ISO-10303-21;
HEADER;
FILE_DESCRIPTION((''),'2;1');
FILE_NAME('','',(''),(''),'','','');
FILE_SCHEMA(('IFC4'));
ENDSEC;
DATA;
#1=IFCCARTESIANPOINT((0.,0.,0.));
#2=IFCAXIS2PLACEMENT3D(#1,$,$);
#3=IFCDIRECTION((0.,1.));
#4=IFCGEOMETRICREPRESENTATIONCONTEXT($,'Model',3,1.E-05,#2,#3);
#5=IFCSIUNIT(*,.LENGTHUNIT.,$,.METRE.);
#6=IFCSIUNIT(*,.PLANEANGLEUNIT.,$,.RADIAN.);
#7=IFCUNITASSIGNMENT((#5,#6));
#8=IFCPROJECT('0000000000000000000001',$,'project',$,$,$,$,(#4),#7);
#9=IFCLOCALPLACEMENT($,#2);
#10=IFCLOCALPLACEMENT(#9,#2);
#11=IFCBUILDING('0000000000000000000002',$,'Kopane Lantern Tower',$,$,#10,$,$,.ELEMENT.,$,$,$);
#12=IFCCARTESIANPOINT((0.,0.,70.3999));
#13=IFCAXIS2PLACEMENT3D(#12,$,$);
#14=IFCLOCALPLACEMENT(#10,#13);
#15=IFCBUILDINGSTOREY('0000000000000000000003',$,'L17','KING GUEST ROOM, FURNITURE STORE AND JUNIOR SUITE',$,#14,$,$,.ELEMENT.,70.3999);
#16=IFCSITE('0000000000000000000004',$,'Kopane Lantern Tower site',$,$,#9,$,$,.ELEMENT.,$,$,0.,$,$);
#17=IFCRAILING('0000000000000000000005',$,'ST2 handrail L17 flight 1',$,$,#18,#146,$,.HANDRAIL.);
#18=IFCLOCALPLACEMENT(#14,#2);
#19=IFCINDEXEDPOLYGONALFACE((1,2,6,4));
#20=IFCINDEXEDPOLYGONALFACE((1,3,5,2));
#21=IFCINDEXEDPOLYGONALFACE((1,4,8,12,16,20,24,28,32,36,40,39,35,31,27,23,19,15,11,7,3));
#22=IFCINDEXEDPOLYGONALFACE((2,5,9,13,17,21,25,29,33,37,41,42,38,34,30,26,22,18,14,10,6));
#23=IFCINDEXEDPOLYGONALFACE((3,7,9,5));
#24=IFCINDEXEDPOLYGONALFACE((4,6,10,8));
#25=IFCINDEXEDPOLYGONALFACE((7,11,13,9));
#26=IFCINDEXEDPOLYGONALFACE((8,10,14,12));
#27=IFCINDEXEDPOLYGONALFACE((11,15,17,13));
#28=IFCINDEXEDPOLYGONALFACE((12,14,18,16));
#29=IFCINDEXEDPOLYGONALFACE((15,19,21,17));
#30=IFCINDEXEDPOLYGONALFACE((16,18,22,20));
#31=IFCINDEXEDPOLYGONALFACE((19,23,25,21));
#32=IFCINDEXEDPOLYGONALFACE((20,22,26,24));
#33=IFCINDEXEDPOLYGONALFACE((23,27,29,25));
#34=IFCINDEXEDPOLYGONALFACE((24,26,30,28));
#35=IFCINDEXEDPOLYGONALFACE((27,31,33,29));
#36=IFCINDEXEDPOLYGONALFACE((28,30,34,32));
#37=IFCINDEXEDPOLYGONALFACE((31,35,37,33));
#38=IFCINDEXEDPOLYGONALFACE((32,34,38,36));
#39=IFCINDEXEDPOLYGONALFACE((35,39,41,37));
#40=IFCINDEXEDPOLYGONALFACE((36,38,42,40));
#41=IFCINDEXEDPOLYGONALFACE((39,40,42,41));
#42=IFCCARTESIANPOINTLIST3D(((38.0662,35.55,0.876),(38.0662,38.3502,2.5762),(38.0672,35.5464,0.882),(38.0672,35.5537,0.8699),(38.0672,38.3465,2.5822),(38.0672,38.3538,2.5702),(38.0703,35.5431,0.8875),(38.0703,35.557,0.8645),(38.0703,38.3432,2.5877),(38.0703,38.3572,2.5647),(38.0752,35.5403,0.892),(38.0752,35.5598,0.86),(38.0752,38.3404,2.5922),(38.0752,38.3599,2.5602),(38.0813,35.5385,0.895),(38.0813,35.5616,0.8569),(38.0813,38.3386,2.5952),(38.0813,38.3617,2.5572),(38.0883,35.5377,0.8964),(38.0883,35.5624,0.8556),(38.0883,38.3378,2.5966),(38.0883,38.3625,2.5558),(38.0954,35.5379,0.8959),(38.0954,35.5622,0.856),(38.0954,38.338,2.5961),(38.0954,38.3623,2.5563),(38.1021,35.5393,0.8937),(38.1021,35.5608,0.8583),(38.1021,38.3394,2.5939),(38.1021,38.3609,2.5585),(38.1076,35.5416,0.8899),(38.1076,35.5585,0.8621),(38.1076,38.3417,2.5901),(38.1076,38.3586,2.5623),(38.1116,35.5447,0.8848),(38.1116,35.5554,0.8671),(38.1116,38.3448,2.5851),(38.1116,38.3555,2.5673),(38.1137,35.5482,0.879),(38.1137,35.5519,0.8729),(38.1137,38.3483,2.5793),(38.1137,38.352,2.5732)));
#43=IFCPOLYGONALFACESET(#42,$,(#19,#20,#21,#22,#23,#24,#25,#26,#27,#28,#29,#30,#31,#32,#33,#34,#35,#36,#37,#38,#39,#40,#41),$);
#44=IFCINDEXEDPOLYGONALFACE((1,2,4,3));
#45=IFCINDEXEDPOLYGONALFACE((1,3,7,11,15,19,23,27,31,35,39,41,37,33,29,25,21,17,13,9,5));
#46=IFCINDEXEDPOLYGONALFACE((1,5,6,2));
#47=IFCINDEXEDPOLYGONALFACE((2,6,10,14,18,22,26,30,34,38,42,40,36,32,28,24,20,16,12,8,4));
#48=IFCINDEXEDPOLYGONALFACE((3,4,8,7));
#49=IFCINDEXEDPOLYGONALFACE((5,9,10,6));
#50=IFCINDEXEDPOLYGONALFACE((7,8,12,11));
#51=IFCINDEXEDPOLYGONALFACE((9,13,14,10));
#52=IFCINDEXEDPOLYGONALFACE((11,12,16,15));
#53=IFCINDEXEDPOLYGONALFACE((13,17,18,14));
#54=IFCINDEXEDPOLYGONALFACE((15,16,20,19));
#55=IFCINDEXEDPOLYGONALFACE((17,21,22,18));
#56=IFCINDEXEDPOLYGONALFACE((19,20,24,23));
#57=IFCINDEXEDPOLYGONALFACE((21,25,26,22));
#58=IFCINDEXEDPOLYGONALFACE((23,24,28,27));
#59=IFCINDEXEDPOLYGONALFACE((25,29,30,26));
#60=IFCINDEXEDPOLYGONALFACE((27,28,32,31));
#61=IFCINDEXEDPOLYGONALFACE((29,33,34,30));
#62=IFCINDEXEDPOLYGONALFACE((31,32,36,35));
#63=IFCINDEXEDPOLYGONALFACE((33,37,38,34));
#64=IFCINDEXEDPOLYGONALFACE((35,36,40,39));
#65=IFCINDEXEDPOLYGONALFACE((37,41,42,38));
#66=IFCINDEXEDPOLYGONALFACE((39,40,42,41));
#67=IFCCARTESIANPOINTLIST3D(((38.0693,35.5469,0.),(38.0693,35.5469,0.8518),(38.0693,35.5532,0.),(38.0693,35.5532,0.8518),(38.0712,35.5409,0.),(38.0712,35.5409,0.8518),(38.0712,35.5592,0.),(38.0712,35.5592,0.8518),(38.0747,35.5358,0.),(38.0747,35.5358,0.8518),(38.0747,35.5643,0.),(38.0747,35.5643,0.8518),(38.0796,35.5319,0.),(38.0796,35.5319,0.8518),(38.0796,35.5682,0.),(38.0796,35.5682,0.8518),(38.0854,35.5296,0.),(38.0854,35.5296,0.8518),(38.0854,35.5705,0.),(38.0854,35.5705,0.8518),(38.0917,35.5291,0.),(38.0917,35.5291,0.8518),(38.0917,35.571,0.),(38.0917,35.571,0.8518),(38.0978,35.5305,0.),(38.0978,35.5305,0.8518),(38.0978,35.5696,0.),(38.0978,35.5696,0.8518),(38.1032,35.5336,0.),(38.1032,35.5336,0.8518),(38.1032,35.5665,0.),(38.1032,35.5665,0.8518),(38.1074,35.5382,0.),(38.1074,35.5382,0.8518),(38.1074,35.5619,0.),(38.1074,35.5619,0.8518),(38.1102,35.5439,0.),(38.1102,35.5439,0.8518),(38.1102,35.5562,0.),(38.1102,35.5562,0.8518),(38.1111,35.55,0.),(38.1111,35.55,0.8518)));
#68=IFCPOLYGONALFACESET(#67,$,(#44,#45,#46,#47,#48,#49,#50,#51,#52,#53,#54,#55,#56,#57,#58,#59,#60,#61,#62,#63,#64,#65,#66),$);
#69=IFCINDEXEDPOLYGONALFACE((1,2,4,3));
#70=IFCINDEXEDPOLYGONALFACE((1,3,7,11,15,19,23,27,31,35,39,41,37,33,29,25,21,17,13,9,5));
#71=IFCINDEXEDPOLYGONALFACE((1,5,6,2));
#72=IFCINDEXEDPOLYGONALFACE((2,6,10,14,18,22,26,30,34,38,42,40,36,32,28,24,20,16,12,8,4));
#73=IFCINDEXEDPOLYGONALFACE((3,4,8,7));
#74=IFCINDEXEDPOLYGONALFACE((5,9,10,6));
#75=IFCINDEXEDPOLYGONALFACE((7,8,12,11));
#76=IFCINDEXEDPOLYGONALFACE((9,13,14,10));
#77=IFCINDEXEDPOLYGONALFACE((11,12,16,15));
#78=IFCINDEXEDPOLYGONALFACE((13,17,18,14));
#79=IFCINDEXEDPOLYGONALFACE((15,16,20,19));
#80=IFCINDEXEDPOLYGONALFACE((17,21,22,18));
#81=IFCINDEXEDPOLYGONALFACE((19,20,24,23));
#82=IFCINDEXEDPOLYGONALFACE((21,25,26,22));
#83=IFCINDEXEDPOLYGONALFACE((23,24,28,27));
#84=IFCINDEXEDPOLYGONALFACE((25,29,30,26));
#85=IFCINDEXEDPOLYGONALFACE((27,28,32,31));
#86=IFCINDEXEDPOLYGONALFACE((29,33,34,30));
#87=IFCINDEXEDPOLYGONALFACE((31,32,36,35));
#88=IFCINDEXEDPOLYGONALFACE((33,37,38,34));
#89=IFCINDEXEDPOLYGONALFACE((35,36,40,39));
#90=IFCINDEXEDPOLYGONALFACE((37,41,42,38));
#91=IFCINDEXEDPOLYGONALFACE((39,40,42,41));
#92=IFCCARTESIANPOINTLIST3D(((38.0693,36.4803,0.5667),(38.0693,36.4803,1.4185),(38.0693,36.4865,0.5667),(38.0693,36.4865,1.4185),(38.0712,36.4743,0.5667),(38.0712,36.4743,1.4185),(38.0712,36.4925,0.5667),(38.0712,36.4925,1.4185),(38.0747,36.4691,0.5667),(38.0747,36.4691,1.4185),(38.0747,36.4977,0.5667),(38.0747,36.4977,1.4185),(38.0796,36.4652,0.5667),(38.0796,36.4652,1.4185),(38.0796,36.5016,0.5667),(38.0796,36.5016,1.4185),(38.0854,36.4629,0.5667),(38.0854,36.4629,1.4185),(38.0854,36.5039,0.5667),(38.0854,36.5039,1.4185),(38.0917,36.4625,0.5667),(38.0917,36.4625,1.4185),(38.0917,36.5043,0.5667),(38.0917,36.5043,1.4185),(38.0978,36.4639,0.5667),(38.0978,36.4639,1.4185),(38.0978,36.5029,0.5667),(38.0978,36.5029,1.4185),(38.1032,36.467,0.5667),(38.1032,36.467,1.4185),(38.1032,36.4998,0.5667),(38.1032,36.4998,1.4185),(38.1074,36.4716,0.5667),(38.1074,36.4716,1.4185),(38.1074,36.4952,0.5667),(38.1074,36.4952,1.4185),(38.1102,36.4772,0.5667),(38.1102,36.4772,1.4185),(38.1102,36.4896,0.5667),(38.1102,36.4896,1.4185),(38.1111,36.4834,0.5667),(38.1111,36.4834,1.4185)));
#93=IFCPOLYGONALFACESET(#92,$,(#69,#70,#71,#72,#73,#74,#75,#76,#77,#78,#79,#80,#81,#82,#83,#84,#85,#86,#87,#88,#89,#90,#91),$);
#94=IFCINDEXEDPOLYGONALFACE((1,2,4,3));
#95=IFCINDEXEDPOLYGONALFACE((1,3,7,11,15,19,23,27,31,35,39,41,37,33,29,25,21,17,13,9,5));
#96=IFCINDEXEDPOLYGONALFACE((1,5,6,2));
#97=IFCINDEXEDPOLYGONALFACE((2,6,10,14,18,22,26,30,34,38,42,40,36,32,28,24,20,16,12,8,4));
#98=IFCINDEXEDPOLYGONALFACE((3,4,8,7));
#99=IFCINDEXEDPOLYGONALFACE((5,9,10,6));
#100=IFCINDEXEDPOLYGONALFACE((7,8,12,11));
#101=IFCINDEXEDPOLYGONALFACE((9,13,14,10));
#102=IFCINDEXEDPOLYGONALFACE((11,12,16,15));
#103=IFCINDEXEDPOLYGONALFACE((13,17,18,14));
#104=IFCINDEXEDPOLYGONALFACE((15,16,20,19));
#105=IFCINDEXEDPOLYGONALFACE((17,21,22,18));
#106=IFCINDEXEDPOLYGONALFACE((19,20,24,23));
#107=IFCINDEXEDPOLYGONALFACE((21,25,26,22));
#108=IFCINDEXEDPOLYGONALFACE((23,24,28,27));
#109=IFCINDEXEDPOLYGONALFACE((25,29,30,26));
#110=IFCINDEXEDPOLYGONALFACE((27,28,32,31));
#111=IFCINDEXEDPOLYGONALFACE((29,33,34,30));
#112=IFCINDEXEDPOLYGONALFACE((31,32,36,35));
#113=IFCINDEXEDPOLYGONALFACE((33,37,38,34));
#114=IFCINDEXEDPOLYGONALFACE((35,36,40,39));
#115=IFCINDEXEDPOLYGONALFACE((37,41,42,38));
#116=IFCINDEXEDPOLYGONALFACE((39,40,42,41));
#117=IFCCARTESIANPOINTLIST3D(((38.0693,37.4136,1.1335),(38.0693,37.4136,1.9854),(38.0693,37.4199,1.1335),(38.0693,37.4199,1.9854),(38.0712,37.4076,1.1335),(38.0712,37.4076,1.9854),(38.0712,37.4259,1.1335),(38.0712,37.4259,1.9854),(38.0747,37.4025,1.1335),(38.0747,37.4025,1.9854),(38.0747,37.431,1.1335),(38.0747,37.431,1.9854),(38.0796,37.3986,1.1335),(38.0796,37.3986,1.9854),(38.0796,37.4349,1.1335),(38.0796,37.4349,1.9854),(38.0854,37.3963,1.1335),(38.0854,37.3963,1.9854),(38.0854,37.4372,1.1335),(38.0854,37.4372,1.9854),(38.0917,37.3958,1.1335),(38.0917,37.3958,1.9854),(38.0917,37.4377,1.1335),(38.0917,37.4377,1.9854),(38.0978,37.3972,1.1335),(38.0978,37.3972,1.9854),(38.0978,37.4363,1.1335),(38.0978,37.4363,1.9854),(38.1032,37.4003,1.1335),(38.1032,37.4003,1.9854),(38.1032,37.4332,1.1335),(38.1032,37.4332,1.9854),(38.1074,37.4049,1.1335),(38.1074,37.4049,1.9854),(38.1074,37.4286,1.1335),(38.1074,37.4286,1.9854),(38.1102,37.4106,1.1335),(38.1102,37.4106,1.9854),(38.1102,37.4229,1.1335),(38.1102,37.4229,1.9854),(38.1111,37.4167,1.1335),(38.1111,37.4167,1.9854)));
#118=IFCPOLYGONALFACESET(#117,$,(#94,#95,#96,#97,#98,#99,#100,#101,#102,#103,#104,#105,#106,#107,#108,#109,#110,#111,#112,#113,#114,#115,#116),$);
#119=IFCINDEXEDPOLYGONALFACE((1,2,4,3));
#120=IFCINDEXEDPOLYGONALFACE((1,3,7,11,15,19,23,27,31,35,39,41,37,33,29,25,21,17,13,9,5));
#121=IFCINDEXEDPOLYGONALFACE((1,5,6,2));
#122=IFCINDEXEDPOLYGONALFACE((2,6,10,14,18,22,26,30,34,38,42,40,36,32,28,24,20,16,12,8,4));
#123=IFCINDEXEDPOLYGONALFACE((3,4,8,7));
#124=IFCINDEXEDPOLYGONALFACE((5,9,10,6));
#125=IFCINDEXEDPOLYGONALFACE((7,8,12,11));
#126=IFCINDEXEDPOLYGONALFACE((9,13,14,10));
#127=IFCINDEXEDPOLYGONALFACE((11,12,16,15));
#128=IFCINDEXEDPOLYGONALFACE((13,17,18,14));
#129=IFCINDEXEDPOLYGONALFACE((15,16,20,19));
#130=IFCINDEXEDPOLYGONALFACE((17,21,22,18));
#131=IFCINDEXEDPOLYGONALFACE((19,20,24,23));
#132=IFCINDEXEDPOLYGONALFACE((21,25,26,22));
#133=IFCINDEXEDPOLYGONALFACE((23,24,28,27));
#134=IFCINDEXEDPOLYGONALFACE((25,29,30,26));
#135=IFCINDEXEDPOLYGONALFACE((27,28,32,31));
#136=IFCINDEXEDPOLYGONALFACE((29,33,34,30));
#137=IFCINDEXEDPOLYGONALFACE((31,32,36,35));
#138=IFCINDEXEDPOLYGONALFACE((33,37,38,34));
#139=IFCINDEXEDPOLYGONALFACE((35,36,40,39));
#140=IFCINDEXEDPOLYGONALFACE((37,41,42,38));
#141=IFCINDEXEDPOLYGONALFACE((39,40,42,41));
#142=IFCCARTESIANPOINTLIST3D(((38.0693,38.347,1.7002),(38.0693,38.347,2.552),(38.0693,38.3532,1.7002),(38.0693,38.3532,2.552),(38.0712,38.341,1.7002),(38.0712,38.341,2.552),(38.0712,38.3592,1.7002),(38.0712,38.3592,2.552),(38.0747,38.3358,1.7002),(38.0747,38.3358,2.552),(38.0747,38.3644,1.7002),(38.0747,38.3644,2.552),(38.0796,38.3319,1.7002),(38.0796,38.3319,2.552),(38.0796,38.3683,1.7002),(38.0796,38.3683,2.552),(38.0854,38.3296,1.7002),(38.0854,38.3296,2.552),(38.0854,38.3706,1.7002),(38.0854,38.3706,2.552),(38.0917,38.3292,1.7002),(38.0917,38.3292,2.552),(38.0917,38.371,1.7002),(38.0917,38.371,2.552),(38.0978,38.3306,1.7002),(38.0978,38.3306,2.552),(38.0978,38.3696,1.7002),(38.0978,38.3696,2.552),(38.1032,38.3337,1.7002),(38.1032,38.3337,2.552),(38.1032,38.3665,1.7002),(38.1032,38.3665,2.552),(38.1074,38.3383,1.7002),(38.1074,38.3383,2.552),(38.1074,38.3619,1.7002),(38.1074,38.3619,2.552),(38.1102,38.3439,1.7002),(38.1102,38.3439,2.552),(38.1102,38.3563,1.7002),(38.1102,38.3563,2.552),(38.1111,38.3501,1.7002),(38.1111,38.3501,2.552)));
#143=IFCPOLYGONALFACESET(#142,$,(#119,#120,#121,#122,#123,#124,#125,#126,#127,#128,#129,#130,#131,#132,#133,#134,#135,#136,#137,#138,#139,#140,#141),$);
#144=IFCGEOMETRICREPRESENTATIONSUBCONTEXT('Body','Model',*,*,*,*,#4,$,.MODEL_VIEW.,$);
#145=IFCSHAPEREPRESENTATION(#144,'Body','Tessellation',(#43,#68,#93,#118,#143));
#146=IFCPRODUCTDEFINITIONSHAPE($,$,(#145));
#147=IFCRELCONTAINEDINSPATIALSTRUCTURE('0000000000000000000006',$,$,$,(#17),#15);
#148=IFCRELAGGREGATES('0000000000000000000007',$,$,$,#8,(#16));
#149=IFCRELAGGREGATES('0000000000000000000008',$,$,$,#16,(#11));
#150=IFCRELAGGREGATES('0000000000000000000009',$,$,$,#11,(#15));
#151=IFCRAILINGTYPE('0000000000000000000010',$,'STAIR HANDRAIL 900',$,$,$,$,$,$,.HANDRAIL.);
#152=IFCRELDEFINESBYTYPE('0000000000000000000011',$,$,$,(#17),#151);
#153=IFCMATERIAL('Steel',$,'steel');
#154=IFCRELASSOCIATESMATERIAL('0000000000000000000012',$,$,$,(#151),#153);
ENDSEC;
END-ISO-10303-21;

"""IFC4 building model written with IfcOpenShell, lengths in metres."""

from ifc_helpers import new_model, si_unit, direction, frame, origin, origin_2d, place, context, subcontext, project, spatial, circle, extrude, material, type_object, element, save


model = new_model("IFC4")

# Units and contexts
model_context = context("Model", 3, precision=1e-05, world=origin(), true_north=direction((0.0, 1.0)))
body_context = subcontext(model_context, "Body", "Model", "MODEL_VIEW")
ifc_project = project(units=[si_unit("LENGTHUNIT", "METRE"), si_unit("PLANEANGLEUNIT", "RADIAN")], contexts=[model_context])

# Site, building, storey
site_placement = place(None, origin())
site = spatial("IfcSite", under=ifc_project, at=site_placement, Name="Kopane Lantern Tower site", CompositionType="ELEMENT", RefElevation=0.0)
building_placement = place(site_placement, origin())
building = spatial("IfcBuilding", under=site, at=building_placement, Name="Kopane Lantern Tower", CompositionType="ELEMENT")
storey_placement = place(building_placement, frame((0.0, 0.0, 70.3999)))
storey = spatial("IfcBuildingStorey", under=building, at=storey_placement, Name="L17", Description="KING GUEST ROOM, FURNITURE STORE AND JUNIOR SUITE", CompositionType="ELEMENT", Elevation=70.3999)

# Railing
ifc_material_1 = material(Name="Steel", Category="steel")
railing_type_1 = type_object("IfcRailingType", Name="STAIR HANDRAIL 900", PredefinedType="HANDRAIL", material=ifc_material_1)
for number, where, name in (
    (1, (38.0901, 35.55, 0.0), "ST2 handrail L17 flight 1"),
):
    element("IfcRailing", number, at=place(storey_placement, frame(where)), inside=storey, type_object=railing_type_1, Name=name, PredefinedType="HANDRAIL", context=body_context, shape_type="SweptSolid", body=[
        extrude(circle(Radius=0.0239, at=origin_2d()), frame((0.0, 0.0, 0.876), z_axis=(0.0, 0.854765, 0.519015), x_axis=(-1.0, 0.0, 0.0)), (0.0, 0.0, 1.0), 3.2759),
        extrude(circle(Radius=0.021, at=origin_2d()), origin(), (0.0, 0.0, 1.0), 0.8518),
        extrude(circle(Radius=0.021, at=origin_2d()), frame((0.0, 0.9333, 0.5667)), (0.0, 0.0, 1.0), 0.8518),
        extrude(circle(Radius=0.021, at=origin_2d()), frame((0.0, 1.8667, 1.1335)), (0.0, 0.0, 1.0), 0.8518),
        extrude(circle(Radius=0.021, at=origin_2d()), frame((0.0, 2.8, 1.7002)), (0.0, 0.0, 1.0), 0.8518),
    ])

save(model, "model.ifc")
